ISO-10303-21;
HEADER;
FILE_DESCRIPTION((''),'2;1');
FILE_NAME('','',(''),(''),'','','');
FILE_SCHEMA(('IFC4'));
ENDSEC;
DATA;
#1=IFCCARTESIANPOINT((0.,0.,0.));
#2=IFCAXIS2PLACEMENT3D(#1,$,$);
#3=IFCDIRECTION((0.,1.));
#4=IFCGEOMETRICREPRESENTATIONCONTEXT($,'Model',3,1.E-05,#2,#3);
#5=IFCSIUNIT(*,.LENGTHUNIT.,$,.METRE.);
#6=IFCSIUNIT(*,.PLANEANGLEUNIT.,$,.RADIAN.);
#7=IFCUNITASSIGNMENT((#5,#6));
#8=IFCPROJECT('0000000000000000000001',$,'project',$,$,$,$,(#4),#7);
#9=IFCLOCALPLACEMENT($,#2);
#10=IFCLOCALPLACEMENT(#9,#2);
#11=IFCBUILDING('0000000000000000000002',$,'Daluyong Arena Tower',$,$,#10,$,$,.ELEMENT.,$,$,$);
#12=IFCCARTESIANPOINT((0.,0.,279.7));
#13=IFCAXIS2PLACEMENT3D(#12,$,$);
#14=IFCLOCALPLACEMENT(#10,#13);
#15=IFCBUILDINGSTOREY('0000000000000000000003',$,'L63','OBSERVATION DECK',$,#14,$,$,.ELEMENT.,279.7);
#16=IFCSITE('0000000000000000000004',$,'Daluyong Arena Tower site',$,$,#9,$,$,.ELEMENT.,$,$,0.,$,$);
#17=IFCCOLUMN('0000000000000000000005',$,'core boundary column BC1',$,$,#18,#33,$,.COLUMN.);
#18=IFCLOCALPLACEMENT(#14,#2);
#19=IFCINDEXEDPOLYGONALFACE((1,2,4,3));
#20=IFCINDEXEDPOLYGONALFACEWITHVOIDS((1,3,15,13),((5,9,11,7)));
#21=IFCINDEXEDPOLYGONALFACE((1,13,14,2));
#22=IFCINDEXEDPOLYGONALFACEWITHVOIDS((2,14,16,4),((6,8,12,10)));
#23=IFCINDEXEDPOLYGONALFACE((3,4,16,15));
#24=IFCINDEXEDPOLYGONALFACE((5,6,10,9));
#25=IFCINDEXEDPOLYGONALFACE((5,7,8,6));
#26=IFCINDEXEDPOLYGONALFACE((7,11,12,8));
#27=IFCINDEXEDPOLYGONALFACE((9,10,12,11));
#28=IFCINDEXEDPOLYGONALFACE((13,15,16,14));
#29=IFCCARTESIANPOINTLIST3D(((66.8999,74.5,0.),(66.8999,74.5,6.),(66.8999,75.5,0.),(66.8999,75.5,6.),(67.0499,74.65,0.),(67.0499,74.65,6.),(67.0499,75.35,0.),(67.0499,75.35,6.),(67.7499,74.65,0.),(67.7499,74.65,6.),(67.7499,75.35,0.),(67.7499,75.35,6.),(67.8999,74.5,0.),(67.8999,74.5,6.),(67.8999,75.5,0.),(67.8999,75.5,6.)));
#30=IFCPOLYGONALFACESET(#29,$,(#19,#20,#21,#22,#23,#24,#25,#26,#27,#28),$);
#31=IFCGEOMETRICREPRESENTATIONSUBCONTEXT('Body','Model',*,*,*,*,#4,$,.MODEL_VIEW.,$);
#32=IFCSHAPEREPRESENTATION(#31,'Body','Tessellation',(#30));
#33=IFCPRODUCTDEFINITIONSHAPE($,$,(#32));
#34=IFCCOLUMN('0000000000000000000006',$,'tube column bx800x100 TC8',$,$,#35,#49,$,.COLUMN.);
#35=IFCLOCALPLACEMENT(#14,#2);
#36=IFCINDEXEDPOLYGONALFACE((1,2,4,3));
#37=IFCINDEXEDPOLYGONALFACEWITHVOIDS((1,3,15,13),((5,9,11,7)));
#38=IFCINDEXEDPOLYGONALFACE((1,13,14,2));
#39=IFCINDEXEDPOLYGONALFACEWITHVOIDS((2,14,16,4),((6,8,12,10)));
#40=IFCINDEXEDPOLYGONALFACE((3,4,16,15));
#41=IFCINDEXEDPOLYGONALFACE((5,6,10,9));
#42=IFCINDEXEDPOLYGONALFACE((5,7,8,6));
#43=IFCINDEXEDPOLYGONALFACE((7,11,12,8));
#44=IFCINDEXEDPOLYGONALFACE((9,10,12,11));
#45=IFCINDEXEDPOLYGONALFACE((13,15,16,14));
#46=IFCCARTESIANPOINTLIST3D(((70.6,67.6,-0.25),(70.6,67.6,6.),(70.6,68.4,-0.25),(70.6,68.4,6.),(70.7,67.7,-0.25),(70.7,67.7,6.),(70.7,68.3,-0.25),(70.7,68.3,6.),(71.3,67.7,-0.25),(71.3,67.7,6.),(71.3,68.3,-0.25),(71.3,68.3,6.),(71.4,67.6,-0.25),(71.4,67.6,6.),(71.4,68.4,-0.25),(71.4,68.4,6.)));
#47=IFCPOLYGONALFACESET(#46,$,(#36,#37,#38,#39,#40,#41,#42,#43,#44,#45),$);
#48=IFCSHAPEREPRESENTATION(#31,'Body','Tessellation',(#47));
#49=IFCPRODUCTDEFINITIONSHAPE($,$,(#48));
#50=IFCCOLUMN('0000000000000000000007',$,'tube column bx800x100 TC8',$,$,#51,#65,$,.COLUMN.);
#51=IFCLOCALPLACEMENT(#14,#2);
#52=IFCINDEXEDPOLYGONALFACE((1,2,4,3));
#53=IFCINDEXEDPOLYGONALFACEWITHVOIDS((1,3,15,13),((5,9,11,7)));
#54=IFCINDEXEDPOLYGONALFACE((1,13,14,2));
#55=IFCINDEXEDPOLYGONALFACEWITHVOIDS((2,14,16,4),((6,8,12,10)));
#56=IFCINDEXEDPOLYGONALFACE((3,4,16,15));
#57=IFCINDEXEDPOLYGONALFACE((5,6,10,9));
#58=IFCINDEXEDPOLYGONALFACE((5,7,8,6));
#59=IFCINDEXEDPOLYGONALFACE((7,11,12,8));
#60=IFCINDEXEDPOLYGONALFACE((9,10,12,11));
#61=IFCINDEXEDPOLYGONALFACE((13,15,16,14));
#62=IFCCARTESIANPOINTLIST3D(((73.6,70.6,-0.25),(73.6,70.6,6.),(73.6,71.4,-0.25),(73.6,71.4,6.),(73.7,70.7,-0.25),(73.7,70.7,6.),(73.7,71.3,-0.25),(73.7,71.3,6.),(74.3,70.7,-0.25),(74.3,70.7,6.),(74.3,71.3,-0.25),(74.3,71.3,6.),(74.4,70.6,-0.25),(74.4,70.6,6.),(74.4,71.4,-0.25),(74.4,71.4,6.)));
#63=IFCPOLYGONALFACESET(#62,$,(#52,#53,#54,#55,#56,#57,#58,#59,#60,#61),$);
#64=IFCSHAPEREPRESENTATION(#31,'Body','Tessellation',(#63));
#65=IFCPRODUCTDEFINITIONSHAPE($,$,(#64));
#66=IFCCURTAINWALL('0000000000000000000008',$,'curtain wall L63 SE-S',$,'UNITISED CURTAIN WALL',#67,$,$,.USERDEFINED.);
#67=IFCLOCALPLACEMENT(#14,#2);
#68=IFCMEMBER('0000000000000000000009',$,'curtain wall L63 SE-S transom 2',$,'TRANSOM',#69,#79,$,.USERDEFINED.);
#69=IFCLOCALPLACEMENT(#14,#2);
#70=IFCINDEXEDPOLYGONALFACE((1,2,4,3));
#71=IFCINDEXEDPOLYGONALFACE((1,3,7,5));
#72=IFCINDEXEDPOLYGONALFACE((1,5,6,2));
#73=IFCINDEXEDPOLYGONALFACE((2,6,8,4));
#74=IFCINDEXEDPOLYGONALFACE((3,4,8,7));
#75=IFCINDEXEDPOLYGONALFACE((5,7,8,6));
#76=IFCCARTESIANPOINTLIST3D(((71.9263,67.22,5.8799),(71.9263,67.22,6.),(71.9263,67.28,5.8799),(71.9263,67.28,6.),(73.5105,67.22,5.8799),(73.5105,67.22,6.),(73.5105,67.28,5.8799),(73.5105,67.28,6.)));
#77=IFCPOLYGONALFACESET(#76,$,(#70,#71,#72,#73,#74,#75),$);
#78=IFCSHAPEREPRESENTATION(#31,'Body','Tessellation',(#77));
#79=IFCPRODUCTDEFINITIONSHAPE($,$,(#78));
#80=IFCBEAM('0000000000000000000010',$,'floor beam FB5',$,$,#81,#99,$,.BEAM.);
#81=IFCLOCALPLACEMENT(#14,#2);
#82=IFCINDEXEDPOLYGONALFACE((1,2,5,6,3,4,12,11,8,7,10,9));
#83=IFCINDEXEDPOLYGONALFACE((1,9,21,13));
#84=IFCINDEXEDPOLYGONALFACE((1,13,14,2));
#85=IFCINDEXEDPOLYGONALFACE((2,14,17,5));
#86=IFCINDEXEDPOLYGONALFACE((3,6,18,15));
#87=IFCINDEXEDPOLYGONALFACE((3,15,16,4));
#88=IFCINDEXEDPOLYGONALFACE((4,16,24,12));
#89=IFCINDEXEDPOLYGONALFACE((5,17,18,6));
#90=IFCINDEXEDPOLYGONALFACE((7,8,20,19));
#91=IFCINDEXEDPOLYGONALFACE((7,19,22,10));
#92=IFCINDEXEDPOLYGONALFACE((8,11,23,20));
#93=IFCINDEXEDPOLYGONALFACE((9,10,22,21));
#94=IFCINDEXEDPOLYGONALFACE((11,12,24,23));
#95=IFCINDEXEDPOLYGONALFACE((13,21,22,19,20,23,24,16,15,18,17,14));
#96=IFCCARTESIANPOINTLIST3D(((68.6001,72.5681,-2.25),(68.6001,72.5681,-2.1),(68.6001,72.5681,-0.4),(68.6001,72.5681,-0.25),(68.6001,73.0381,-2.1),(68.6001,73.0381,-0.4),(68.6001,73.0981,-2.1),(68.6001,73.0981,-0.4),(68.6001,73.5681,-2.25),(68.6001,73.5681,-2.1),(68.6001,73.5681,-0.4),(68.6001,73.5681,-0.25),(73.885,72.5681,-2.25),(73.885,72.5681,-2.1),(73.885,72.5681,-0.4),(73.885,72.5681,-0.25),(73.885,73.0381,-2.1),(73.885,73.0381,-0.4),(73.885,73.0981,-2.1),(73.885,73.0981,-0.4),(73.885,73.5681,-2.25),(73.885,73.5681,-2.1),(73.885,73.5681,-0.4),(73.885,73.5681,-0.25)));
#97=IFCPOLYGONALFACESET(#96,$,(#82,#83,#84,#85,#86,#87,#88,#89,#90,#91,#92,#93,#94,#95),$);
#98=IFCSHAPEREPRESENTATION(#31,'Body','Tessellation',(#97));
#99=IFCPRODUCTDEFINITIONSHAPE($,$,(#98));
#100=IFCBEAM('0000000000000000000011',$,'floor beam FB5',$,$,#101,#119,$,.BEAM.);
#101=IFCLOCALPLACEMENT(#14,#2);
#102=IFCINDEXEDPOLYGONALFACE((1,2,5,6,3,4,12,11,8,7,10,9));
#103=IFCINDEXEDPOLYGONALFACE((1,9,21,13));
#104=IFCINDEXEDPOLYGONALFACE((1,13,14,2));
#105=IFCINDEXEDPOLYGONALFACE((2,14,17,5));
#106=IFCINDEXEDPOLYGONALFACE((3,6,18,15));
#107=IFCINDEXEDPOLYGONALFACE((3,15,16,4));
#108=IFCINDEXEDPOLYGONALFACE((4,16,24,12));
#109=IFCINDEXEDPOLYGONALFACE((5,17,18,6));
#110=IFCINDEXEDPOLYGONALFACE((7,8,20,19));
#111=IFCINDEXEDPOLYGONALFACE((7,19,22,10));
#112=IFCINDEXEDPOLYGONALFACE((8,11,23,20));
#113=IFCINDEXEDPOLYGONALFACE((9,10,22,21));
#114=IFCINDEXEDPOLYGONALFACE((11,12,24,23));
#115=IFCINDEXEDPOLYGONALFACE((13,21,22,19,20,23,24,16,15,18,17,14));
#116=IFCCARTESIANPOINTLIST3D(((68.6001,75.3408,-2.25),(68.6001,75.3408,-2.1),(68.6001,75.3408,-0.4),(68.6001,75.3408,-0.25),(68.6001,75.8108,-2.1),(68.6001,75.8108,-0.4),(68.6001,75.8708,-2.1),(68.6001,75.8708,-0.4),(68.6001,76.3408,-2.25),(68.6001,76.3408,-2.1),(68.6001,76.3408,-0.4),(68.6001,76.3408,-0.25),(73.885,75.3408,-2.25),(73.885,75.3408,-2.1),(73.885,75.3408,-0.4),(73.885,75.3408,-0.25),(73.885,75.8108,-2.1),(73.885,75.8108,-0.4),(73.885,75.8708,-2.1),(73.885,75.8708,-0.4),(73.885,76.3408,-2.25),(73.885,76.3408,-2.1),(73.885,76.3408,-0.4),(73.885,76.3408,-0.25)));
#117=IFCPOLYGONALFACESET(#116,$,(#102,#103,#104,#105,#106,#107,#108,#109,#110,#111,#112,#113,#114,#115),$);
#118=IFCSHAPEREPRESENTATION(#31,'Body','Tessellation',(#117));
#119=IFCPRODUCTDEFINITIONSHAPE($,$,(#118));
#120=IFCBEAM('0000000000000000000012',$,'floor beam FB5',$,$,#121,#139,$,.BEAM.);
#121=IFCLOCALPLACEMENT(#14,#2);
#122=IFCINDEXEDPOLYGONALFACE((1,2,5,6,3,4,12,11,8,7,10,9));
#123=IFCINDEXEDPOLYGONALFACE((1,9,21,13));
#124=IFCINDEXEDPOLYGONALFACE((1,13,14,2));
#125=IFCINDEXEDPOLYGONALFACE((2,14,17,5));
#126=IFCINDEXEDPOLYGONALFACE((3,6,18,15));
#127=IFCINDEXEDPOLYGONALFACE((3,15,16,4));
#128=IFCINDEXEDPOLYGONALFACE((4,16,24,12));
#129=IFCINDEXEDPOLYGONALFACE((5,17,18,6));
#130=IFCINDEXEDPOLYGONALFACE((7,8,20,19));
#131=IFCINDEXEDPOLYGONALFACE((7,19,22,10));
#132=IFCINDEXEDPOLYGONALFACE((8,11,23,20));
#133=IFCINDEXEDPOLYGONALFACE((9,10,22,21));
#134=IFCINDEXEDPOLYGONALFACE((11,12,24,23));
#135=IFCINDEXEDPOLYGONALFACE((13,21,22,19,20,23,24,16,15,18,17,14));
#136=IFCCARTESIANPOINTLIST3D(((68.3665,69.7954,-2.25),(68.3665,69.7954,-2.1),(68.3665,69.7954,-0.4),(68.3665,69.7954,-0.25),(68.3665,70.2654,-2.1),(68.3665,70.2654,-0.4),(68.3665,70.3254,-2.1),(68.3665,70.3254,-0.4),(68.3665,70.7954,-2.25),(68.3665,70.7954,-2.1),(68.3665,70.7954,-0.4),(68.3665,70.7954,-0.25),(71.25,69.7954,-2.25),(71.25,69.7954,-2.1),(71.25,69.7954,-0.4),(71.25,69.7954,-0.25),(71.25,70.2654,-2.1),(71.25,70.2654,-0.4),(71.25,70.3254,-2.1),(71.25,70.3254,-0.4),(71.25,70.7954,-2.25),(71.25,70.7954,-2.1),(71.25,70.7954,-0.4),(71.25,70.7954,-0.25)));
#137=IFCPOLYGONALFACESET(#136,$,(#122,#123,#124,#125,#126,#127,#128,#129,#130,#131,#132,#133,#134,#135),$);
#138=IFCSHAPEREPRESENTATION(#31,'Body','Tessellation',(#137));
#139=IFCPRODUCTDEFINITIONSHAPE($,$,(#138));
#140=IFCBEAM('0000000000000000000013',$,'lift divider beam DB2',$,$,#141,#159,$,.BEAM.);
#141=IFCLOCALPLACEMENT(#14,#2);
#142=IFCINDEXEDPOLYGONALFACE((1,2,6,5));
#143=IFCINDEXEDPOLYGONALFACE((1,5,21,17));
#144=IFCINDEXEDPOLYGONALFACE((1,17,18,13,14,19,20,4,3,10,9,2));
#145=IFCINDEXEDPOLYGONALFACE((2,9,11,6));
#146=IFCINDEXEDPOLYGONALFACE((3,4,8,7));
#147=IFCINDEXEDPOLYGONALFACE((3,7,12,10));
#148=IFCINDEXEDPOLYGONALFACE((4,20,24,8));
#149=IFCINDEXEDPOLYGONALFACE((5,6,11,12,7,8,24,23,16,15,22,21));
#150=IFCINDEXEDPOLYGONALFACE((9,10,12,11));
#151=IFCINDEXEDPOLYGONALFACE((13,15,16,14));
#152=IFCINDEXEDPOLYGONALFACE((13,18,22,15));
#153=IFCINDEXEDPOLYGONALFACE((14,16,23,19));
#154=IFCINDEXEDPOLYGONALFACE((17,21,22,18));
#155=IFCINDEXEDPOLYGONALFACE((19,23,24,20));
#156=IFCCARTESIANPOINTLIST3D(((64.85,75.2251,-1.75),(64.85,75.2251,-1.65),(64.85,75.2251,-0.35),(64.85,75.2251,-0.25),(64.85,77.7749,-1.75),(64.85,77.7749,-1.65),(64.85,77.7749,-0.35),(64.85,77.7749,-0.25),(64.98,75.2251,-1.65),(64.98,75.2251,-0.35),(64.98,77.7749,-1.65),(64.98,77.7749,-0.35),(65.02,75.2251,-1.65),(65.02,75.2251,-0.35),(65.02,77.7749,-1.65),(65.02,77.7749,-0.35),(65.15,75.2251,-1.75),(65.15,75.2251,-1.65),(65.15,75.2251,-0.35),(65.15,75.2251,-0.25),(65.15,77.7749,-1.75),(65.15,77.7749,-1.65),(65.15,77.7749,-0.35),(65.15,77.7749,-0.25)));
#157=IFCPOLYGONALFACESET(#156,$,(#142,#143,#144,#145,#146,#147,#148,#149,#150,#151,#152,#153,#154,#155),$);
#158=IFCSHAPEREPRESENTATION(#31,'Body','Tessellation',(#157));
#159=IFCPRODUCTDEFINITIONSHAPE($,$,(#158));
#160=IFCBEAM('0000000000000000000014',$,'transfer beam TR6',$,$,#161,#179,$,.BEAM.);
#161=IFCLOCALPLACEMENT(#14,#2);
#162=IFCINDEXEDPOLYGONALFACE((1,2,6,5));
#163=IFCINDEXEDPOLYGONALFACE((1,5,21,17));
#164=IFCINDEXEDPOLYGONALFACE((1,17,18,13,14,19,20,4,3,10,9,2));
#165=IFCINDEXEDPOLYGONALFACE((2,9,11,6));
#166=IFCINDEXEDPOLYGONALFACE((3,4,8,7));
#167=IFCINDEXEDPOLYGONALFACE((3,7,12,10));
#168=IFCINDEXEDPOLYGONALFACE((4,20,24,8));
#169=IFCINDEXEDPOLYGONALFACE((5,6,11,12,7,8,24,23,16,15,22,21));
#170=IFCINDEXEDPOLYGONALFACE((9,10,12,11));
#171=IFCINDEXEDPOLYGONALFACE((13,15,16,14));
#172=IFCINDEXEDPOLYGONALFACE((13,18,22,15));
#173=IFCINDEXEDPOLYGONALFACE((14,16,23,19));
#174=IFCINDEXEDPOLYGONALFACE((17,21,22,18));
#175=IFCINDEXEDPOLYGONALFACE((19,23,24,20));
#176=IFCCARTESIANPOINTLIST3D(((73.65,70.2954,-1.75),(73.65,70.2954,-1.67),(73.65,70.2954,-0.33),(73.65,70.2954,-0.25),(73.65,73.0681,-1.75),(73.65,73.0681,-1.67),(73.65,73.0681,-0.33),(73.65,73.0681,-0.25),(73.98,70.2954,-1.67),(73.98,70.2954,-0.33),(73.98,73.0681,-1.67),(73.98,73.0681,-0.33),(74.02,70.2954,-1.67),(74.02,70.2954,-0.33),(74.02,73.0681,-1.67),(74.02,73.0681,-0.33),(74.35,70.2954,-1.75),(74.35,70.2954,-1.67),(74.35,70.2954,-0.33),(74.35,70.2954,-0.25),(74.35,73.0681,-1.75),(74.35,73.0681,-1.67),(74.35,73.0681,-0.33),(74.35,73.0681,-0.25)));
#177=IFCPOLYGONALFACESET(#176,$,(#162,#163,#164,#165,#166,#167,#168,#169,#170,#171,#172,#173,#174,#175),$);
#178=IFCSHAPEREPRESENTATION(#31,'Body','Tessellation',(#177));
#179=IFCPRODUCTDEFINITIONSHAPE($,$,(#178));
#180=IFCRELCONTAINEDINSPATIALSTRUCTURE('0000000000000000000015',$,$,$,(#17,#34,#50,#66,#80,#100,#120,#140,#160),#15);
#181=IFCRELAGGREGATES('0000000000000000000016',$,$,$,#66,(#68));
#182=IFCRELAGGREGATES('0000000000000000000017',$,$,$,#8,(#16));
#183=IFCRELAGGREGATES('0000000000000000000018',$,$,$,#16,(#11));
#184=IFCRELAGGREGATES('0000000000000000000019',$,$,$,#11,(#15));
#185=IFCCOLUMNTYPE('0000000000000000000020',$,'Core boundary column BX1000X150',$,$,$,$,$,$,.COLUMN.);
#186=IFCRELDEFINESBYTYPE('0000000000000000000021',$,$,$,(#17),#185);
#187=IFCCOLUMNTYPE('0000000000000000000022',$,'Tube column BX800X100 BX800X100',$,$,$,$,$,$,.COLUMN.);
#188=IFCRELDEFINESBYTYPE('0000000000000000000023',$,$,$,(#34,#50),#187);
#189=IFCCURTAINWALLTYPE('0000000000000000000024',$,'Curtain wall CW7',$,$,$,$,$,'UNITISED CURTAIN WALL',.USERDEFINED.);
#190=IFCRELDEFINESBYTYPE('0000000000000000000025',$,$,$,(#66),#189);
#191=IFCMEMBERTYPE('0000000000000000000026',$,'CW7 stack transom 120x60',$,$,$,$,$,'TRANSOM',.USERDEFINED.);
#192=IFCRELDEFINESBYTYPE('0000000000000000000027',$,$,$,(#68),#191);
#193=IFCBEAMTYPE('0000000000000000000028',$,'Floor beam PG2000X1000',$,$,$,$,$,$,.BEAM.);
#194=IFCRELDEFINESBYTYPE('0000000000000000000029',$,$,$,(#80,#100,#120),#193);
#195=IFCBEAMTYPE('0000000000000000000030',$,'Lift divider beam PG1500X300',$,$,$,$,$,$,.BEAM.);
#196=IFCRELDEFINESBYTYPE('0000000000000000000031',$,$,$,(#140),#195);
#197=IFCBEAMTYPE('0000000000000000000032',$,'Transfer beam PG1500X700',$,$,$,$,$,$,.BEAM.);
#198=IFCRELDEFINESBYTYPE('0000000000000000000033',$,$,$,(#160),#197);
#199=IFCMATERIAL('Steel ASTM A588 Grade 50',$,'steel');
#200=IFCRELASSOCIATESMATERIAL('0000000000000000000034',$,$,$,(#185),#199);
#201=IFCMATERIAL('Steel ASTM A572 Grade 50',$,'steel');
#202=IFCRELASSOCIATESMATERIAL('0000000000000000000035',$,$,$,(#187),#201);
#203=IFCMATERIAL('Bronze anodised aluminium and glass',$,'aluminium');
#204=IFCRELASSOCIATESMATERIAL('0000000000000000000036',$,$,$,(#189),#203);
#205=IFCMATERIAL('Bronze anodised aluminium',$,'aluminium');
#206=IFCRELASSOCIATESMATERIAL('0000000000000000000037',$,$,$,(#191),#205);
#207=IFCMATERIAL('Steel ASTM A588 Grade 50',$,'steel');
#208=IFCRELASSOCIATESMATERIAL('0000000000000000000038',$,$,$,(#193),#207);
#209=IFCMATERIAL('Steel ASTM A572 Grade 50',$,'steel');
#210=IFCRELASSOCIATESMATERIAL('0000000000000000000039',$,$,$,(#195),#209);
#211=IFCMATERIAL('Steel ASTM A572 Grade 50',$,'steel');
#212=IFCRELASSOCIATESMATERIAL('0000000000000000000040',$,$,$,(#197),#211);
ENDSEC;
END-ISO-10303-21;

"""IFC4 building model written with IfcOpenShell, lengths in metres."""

from ifc_helpers import new_model, si_unit, direction, frame, origin, origin_2d, place, context, subcontext, project, spatial, rectangle, hollow_rectangle, i_section, extrude, material, material_profile, profile_set, type_object, element, aggregate, save


model = new_model("IFC4")

# Units and contexts
model_context = context("Model", 3, precision=1e-05, world=origin(), true_north=direction((0.0, 1.0)))
body_context = subcontext(model_context, "Body", "Model", "MODEL_VIEW")
ifc_project = project(units=[si_unit("LENGTHUNIT", "METRE"), si_unit("PLANEANGLEUNIT", "RADIAN")], contexts=[model_context])

# Site, building, storey
site_placement = place(None, origin())
site = spatial("IfcSite", under=ifc_project, at=site_placement, Name="Daluyong Arena Tower site", CompositionType="ELEMENT", RefElevation=0.0)
building_placement = place(site_placement, origin())
building = spatial("IfcBuilding", under=site, at=building_placement, Name="Daluyong Arena Tower", CompositionType="ELEMENT")
storey_placement = place(building_placement, frame((0.0, 0.0, 279.7)))
storey = spatial("IfcBuildingStorey", under=building, at=storey_placement, Name="L63", Description="OBSERVATION DECK", CompositionType="ELEMENT", Elevation=279.7)

# Columns
ifc_material_1 = material(Name="Steel ASTM A588 Grade 50", Category="steel")
ifc_material_profile_1 = material_profile(ifc_material_1, hollow_rectangle(XDim=1.0, YDim=1.0, WallThickness=0.15, at=origin_2d()))
ifc_profile_set_1 = profile_set([ifc_material_profile_1], Name="Steel ASTM A588 Grade 50")
column_type_1 = type_object("IfcColumnType", Name="Core boundary column BX1000X150", PredefinedType="COLUMN", material=ifc_profile_set_1)
column_placement = place(storey_placement, frame((67.3999, 75.0, 0.0), z_axis=(0.0, 0.0, 1.0), x_axis=(1.0, 0.0, 0.0)))
element("IfcColumn", 1, at=column_placement, inside=storey, type_object=column_type_1, Name="core boundary column BC1", PredefinedType="COLUMN", context=body_context, shape_type="SweptSolid", body=[
    extrude(hollow_rectangle(XDim=1.0, YDim=1.0, WallThickness=0.15, at=origin_2d()), origin(), (0.0, 0.0, 1.0), 6.0),
])
ifc_material_2 = material(Name="Steel ASTM A572 Grade 50", Category="steel")
ifc_material_profile_2 = material_profile(ifc_material_2, hollow_rectangle(XDim=0.8, YDim=0.8, WallThickness=0.1, at=origin_2d()))
ifc_profile_set_2 = profile_set([ifc_material_profile_2], Name="Steel ASTM A572 Grade 50")
column_type_2 = type_object("IfcColumnType", Name="Tube column BX800X100 BX800X100", PredefinedType="COLUMN", material=ifc_profile_set_2)
for number, where, z_axis, x_axis, name in (
    (2, (71.0, 68.0, -0.25), (0.0, 0.0, 1.0), (1.0, 0.0, 0.0), "tube column bx800x100 TC8"),
    (3, (74.0, 71.0, -0.25), (0.0, 0.0, 1.0), (0.0, 1.0, 0.0), "tube column bx800x100 TC8"),
):
    element("IfcColumn", number, at=place(storey_placement, frame(where, z_axis=z_axis, x_axis=x_axis)), inside=storey, type_object=column_type_2, Name=name, PredefinedType="COLUMN", context=body_context, shape_type="SweptSolid", body=[
        extrude(hollow_rectangle(XDim=0.8, YDim=0.8, WallThickness=0.1, at=origin_2d()), origin(), (0.0, 0.0, 1.0), 6.25),
    ])

# Curtain wall, member
ifc_material_3 = material(Name="Bronze anodised aluminium and glass", Category="aluminium")
curtain_wall_type = type_object("IfcCurtainWallType", Name="Curtain wall CW7", ElementType="UNITISED CURTAIN WALL", PredefinedType="USERDEFINED", material=ifc_material_3)
curtain_wall_placement = place(storey_placement, origin())
curtain_wall = element("IfcCurtainWall", 4, at=curtain_wall_placement, inside=storey, type_object=curtain_wall_type, Name="curtain wall L63 SE-S", ObjectType="UNITISED CURTAIN WALL", PredefinedType="USERDEFINED")
ifc_material_4 = material(Name="Bronze anodised aluminium", Category="aluminium")
ifc_material_profile_3 = material_profile(ifc_material_4, rectangle(XDim=0.0601, YDim=0.1201, at=origin_2d()))
ifc_profile_set_3 = profile_set([ifc_material_profile_3], Name="Bronze anodised aluminium")
member_type = type_object("IfcMemberType", Name="CW7 stack transom 120x60", ElementType="TRANSOM", PredefinedType="USERDEFINED", material=ifc_profile_set_3)
member_placement = place(storey_placement, frame((71.9263, 67.25, 5.9399), z_axis=(1.0, 0.0, 0.0), x_axis=(0.0, 1.0, 0.0)))
member = element("IfcMember", 5, at=member_placement, type_object=member_type, Name="curtain wall L63 SE-S transom 2", ObjectType="TRANSOM", PredefinedType="USERDEFINED", context=body_context, shape_type="SweptSolid", body=[
    extrude(rectangle(XDim=0.0601, YDim=0.1201, at=origin_2d()), origin(), (0.0, 0.0, 1.0), 1.5842),
])

# Beams
ifc_material_5 = material(Name="Steel ASTM A588 Grade 50", Category="steel")
ifc_material_profile_4 = material_profile(ifc_material_5, i_section(OverallWidth=1.0, OverallDepth=2.0, WebThickness=0.06, FlangeThickness=0.15, at=origin_2d()))
ifc_profile_set_4 = profile_set([ifc_material_profile_4], Name="Steel ASTM A588 Grade 50")
beam_type_1 = type_object("IfcBeamType", Name="Floor beam PG2000X1000", PredefinedType="BEAM", material=ifc_profile_set_4)
for number, where, z_axis, x_axis, name in (
    (6, (73.885, 73.0681, -1.25), (-1.0, 0.0, 0.0), (0.0, -1.0, 0.0), "floor beam FB5"),
    (7, (73.885, 75.8408, -1.25), (-1.0, 0.0, 0.0), (0.0, -1.0, 0.0), "floor beam FB5"),
):
    element("IfcBeam", number, at=place(storey_placement, frame(where, z_axis=z_axis, x_axis=x_axis)), inside=storey, type_object=beam_type_1, Name=name, PredefinedType="BEAM", context=body_context, shape_type="SweptSolid", body=[
        extrude(i_section(OverallWidth=1.0, OverallDepth=2.0, WebThickness=0.06, FlangeThickness=0.15, at=origin_2d()), origin(), (0.0, 0.0, 1.0), 5.2849),
    ])
beam_1_placement = place(storey_placement, frame((71.25, 70.2954, -1.25), z_axis=(-1.0, 0.0, 0.0), x_axis=(0.0, -1.0, 0.0)))
element("IfcBeam", 8, at=beam_1_placement, inside=storey, type_object=beam_type_1, Name="floor beam FB5", PredefinedType="BEAM", context=body_context, shape_type="SweptSolid", body=[
    extrude(i_section(OverallWidth=1.0, OverallDepth=2.0, WebThickness=0.06, FlangeThickness=0.15, at=origin_2d()), origin(), (0.0, 0.0, 1.0), 2.8835),
])
ifc_material_6 = material(Name="Steel ASTM A572 Grade 50", Category="steel")
ifc_material_profile_5 = material_profile(ifc_material_6, i_section(OverallWidth=0.3, OverallDepth=1.5, WebThickness=0.04, FlangeThickness=0.1, at=origin_2d()))
ifc_profile_set_5 = profile_set([ifc_material_profile_5], Name="Steel ASTM A572 Grade 50")
beam_type_2 = type_object("IfcBeamType", Name="Lift divider beam PG1500X300", PredefinedType="BEAM", material=ifc_profile_set_5)
beam_2_placement = place(storey_placement, frame((65.0, 75.2251, -1.0), z_axis=(0.0, 1.0, 0.0), x_axis=(-1.0, 0.0, 0.0)))
element("IfcBeam", 9, at=beam_2_placement, inside=storey, type_object=beam_type_2, Name="lift divider beam DB2", PredefinedType="BEAM", context=body_context, shape_type="SweptSolid", body=[
    extrude(i_section(OverallWidth=0.3, OverallDepth=1.5, WebThickness=0.04, FlangeThickness=0.1, at=origin_2d()), origin(), (0.0, 0.0, 1.0), 2.5498),
])
ifc_material_7 = material(Name="Steel ASTM A572 Grade 50", Category="steel")
ifc_material_profile_6 = material_profile(ifc_material_7, i_section(OverallWidth=0.7, OverallDepth=1.5, WebThickness=0.04, FlangeThickness=0.08, at=origin_2d()))
ifc_profile_set_6 = profile_set([ifc_material_profile_6], Name="Steel ASTM A572 Grade 50")
beam_type_3 = type_object("IfcBeamType", Name="Transfer beam PG1500X700", PredefinedType="BEAM", material=ifc_profile_set_6)
for number, where, z_axis, x_axis, name in (
    (10, (74.0, 70.2954, -1.0), (0.0, 1.0, 0.0), (-1.0, 0.0, 0.0), "transfer beam TR6"),
):
    element("IfcBeam", number, at=place(storey_placement, frame(where, z_axis=z_axis, x_axis=x_axis)), inside=storey, type_object=beam_type_3, Name=name, PredefinedType="BEAM", context=body_context, shape_type="SweptSolid", body=[
        extrude(i_section(OverallWidth=0.7, OverallDepth=1.5, WebThickness=0.04, FlangeThickness=0.08, at=origin_2d()), origin(), (0.0, 0.0, 1.0), 2.7727),
    ])

aggregate(curtain_wall, [member])

save(model, "model.ifc")
